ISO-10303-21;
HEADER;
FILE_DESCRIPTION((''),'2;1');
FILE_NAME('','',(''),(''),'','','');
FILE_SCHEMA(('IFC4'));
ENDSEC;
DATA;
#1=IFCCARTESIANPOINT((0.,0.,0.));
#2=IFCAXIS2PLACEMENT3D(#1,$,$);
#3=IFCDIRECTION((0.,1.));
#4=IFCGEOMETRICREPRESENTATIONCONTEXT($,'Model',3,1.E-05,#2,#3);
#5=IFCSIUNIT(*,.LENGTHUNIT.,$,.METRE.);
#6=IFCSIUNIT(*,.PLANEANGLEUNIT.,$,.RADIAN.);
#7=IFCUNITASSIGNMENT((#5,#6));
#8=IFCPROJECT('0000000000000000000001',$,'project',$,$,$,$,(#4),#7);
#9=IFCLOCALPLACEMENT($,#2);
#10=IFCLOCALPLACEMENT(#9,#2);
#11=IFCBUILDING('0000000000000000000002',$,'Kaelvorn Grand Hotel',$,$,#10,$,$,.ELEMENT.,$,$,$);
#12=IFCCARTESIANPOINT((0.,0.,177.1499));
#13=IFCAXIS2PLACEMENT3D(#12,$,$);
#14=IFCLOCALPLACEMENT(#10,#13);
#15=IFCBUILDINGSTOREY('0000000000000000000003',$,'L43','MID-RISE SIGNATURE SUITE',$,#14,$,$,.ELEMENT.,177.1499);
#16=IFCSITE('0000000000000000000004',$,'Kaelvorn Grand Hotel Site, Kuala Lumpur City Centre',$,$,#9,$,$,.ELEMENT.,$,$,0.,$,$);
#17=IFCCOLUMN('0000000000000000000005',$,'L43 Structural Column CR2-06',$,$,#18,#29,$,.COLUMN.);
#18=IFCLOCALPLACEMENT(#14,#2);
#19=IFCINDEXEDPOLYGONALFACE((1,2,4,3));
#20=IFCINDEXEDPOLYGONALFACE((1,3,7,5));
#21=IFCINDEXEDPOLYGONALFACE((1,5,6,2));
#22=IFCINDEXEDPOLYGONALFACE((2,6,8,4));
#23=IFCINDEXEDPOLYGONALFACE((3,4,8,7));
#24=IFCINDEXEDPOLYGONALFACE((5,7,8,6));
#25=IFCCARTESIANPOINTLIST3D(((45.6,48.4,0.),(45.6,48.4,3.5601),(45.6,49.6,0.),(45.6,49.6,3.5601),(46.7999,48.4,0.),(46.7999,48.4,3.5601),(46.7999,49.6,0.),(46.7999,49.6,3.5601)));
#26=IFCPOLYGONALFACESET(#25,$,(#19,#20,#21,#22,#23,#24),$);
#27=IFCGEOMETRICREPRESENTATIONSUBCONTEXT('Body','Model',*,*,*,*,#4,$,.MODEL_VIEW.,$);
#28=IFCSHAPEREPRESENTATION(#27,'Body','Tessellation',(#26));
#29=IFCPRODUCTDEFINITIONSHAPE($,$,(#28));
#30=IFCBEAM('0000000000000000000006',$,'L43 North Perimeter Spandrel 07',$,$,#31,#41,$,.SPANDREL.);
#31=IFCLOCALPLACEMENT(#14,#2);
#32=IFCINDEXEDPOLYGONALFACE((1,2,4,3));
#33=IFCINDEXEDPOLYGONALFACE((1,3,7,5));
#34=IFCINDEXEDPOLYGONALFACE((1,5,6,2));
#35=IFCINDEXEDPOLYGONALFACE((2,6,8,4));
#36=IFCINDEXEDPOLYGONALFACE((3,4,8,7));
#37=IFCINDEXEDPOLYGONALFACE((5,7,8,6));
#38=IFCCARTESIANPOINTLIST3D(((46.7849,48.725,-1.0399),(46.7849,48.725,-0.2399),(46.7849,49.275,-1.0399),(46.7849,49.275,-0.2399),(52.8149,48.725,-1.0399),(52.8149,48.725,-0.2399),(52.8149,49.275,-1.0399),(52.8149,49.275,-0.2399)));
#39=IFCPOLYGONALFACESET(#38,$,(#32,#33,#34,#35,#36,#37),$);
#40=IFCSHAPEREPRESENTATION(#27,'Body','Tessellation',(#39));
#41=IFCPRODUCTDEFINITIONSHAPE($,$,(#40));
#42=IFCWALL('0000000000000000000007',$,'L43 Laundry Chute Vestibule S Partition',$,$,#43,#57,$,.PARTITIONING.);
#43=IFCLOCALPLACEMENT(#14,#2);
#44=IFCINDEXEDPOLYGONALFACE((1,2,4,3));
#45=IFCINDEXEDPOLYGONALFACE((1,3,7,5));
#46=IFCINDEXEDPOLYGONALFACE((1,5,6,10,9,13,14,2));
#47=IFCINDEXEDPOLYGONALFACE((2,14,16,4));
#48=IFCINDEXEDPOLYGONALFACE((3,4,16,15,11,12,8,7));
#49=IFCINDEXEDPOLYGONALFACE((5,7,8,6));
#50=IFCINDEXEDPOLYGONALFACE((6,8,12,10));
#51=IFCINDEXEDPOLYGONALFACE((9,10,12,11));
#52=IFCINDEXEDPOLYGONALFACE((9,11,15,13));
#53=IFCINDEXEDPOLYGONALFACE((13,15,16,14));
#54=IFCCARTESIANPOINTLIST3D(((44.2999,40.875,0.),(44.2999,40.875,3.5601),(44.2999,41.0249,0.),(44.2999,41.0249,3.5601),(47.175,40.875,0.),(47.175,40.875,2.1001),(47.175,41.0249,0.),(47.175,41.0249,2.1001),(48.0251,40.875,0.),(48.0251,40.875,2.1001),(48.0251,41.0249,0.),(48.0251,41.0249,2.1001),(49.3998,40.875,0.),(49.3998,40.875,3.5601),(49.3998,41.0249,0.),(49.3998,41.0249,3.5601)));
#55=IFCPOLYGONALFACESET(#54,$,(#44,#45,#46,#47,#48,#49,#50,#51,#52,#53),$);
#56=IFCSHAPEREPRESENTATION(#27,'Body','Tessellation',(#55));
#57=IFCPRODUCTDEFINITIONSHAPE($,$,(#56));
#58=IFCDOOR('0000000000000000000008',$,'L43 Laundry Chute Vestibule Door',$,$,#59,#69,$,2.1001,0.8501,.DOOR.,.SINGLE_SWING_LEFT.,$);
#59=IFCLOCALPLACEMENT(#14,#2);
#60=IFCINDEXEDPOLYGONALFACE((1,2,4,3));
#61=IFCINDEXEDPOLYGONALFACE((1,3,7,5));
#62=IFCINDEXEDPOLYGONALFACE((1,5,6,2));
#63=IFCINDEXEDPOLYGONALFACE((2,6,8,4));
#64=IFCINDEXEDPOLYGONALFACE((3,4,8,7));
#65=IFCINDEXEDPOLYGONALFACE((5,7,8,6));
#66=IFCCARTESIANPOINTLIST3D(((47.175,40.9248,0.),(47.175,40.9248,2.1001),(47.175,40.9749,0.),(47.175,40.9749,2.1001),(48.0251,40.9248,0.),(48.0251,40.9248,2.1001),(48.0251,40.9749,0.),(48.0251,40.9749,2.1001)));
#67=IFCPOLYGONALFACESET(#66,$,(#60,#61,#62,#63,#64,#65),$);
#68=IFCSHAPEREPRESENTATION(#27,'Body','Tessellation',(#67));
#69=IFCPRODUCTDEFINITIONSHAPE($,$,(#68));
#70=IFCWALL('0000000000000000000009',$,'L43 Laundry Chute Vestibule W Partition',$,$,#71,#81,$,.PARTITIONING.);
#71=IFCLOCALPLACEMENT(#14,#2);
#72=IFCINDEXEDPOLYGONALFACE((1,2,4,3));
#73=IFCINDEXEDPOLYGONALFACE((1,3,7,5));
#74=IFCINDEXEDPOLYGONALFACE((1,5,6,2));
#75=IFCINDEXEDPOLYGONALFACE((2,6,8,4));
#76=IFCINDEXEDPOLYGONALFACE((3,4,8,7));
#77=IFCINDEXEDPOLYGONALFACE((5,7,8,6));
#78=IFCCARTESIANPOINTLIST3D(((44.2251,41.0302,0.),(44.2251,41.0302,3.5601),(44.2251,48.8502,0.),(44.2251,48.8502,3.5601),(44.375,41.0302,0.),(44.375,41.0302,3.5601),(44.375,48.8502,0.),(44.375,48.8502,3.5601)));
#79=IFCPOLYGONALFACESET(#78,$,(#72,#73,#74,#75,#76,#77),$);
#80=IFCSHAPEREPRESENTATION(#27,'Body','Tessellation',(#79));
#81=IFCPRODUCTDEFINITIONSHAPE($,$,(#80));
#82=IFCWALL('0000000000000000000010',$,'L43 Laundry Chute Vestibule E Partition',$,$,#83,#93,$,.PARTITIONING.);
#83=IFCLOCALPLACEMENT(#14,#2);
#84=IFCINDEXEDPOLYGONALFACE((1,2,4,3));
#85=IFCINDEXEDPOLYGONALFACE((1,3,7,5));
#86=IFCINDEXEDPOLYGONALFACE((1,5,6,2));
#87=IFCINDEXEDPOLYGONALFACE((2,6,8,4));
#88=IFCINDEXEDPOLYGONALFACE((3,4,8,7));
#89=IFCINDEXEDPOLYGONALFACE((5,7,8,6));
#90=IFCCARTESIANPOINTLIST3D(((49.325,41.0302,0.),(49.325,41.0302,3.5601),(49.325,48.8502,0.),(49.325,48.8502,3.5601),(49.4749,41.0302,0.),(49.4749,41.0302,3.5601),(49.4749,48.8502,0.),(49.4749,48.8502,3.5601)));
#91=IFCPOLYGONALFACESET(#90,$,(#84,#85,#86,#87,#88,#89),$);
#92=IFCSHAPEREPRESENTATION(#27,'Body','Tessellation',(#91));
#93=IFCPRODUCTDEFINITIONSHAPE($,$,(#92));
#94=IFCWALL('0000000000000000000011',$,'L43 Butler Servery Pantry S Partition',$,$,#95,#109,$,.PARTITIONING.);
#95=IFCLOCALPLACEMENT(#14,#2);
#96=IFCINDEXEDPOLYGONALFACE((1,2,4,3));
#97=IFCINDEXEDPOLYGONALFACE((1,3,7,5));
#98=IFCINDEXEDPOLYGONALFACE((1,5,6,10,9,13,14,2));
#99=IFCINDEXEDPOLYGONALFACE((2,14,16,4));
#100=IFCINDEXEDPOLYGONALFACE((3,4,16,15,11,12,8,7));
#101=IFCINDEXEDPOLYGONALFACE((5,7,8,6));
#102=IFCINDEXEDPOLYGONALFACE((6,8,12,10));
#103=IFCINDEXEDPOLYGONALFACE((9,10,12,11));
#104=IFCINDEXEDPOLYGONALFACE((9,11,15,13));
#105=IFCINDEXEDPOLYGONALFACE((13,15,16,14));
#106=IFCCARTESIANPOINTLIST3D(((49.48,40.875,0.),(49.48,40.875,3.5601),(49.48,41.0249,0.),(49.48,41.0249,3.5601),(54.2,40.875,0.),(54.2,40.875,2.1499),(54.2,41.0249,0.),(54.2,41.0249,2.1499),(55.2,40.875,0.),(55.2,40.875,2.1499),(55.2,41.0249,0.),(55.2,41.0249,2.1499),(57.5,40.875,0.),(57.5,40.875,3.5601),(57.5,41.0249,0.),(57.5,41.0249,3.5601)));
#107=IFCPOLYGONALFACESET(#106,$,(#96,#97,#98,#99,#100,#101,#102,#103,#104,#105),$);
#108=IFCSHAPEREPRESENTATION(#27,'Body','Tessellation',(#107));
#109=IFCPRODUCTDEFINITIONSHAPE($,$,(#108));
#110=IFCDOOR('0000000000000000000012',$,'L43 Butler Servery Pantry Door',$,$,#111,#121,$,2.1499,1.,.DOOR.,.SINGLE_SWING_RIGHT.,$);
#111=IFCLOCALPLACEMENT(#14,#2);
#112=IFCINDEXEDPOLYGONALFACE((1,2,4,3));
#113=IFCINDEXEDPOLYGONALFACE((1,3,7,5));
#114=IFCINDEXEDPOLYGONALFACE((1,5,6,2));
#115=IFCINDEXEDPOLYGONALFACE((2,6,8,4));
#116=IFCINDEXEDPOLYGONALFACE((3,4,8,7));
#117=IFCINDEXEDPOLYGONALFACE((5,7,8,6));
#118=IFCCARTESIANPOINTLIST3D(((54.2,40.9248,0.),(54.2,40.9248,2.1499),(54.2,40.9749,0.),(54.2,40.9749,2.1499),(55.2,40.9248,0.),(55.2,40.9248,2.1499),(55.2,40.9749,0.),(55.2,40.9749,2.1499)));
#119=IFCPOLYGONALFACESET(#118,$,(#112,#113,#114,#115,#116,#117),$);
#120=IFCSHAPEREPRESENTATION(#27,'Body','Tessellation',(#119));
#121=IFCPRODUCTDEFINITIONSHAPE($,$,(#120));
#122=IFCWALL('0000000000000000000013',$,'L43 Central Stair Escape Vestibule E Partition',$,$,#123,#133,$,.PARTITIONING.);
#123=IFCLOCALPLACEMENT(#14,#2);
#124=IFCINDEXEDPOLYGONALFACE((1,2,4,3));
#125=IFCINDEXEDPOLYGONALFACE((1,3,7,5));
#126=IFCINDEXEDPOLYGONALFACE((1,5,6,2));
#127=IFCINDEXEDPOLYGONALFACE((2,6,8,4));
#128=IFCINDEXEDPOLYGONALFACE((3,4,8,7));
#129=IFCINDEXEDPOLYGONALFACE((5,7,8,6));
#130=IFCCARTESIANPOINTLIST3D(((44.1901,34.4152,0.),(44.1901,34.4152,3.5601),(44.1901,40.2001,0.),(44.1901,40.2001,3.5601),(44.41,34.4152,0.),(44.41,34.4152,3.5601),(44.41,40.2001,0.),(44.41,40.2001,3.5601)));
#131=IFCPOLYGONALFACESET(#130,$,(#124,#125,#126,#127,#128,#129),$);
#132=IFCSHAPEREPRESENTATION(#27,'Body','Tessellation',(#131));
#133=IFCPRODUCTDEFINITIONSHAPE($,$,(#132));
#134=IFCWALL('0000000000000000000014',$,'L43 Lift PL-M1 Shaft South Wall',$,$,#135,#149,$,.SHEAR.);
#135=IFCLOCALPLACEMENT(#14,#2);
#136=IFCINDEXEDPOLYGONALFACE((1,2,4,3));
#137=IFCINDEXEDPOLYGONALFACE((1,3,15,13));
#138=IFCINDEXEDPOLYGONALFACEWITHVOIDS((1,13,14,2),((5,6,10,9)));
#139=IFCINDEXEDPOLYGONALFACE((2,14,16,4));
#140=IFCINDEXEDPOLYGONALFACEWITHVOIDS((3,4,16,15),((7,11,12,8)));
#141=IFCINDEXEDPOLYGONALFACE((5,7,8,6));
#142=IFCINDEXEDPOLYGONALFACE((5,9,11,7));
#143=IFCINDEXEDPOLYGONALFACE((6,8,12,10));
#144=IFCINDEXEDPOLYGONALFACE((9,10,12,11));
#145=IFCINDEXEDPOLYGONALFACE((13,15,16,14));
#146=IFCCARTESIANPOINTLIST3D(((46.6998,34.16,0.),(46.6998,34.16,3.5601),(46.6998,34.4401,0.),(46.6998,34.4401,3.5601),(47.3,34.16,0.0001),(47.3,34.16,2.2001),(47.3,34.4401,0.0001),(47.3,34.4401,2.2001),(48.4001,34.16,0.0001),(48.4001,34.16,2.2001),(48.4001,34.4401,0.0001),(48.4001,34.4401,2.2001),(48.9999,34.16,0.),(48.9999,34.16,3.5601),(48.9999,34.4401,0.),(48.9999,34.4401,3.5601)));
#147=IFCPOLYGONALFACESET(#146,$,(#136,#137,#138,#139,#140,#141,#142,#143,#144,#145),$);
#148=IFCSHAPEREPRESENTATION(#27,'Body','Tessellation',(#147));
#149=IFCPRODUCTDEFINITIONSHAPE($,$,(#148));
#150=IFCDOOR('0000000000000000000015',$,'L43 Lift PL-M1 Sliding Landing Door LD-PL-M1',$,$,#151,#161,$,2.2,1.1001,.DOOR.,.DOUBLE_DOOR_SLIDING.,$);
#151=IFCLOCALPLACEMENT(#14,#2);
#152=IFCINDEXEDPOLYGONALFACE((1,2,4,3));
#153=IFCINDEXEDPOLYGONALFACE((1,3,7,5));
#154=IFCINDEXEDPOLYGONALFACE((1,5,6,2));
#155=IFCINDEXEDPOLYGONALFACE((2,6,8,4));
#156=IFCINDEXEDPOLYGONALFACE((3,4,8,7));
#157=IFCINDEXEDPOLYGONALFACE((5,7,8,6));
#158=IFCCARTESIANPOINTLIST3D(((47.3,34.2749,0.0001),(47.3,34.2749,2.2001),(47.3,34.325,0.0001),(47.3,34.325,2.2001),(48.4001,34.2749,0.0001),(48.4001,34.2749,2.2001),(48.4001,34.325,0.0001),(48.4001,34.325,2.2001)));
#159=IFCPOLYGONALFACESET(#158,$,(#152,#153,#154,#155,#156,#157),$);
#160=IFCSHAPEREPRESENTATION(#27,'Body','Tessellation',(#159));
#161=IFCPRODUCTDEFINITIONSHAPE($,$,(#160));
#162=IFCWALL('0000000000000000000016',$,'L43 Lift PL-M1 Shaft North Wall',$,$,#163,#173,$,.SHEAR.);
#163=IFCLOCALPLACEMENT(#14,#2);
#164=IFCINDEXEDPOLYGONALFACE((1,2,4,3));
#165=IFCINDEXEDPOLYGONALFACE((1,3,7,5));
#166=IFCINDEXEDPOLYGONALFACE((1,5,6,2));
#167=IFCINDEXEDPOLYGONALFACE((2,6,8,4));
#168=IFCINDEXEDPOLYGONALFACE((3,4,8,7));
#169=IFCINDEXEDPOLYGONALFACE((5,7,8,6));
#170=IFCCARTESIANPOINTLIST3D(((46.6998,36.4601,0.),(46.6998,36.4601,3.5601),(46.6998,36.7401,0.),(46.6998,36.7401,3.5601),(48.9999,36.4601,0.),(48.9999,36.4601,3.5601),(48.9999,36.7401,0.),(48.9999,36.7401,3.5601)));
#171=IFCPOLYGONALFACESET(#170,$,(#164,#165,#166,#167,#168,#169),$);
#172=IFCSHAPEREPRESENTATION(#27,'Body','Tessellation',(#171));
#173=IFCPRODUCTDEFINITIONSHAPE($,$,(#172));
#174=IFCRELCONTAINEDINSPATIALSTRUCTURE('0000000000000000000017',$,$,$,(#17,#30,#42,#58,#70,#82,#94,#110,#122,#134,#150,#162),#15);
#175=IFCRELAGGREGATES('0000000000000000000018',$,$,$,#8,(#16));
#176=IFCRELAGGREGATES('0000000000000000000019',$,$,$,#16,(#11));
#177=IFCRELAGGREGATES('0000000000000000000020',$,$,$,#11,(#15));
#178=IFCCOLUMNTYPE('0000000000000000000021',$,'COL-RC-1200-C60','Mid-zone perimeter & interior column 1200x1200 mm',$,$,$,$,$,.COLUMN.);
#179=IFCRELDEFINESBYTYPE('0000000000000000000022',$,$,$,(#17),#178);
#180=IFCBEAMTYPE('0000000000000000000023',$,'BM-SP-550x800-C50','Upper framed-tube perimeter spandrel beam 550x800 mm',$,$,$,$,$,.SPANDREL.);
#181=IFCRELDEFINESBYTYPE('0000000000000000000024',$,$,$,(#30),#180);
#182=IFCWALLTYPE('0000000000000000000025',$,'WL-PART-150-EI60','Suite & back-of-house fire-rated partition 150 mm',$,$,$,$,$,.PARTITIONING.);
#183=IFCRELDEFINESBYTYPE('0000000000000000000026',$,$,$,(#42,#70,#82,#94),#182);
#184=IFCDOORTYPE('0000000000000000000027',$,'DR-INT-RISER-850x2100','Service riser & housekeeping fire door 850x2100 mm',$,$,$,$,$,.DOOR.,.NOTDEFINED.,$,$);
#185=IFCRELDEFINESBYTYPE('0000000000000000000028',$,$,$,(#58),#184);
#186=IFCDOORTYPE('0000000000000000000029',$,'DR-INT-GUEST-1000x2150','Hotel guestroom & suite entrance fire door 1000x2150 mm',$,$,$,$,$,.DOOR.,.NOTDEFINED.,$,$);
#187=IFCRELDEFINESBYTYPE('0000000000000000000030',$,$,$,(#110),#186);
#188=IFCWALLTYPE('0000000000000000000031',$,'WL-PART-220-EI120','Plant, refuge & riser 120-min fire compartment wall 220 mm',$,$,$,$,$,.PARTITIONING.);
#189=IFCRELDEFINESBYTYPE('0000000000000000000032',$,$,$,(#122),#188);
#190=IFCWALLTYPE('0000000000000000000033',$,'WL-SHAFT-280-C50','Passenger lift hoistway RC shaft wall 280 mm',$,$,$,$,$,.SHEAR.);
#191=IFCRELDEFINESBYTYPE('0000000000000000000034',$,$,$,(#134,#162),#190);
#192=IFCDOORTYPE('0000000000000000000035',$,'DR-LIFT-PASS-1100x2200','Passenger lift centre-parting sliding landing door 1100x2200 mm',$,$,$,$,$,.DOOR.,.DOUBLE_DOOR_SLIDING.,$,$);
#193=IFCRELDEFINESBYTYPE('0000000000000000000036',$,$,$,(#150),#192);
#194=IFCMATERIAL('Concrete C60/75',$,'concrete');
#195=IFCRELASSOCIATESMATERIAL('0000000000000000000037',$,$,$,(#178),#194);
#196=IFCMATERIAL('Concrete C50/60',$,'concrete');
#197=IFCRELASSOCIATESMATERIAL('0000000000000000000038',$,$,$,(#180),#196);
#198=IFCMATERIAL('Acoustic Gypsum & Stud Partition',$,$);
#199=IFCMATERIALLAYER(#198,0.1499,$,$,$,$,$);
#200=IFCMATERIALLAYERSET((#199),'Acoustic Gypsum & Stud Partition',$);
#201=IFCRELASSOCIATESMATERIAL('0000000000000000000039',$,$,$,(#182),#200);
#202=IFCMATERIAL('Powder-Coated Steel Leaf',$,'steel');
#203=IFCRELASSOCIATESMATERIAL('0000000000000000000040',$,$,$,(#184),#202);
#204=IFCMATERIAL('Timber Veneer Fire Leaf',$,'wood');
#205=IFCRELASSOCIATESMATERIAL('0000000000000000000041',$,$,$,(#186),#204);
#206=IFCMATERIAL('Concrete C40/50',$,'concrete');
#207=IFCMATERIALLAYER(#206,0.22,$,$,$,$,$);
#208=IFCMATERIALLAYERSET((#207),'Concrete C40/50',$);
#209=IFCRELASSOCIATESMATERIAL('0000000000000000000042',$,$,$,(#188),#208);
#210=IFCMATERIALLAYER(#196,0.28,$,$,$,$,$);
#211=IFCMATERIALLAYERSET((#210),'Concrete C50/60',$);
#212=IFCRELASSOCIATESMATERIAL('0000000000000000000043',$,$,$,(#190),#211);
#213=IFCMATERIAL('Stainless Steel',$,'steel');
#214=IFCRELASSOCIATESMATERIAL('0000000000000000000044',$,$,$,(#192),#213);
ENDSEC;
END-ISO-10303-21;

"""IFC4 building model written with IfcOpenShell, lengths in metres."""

from ifc_helpers import new_model, si_unit, direction, frame, frame_2d, origin, origin_2d, place, context, subcontext, project, spatial, rectangle, extrude, material, layer, layer_set, material_profile, profile_set, type_object, element, fill, save


model = new_model("IFC4")

# Units and contexts
model_context = context("Model", 3, precision=1e-05, world=origin(), true_north=direction((0.0, 1.0)))
body_context = subcontext(model_context, "Body", "Model", "MODEL_VIEW")
ifc_project = project(units=[si_unit("LENGTHUNIT", "METRE"), si_unit("PLANEANGLEUNIT", "RADIAN")], contexts=[model_context])

# Site, building, storey
site_placement = place(None, origin())
site = spatial("IfcSite", under=ifc_project, at=site_placement, Name="Kaelvorn Grand Hotel Site, Kuala Lumpur City Centre", CompositionType="ELEMENT", RefElevation=0.0)
building_placement = place(site_placement, origin())
building = spatial("IfcBuilding", under=site, at=building_placement, Name="Kaelvorn Grand Hotel", CompositionType="ELEMENT")
storey_placement = place(building_placement, frame((0.0, 0.0, 177.1499)))
storey = spatial("IfcBuildingStorey", under=building, at=storey_placement, Name="L43", Description="MID-RISE SIGNATURE SUITE", CompositionType="ELEMENT", Elevation=177.1499)

# Column
ifc_material_1 = material(Name="Concrete C60/75", Category="concrete")
ifc_material_profile_1 = material_profile(ifc_material_1, rectangle(XDim=1.2, YDim=1.2, at=origin_2d()), Name="RC COL 1200x1200")
ifc_profile_set_1 = profile_set([ifc_material_profile_1], Name="Concrete C60/75")
column_type = type_object("IfcColumnType", Name="COL-RC-1200-C60", Description="Mid-zone perimeter & interior column 1200x1200 mm", PredefinedType="COLUMN", material=ifc_profile_set_1)
column_placement = place(storey_placement, frame((46.2, 49.0, 0.0), z_axis=(0.0, 0.0, 1.0), x_axis=(1.0, 0.0, 0.0)))
element("IfcColumn", 1, at=column_placement, inside=storey, type_object=column_type, Name="L43 Structural Column CR2-06", PredefinedType="COLUMN", context=body_context, shape_type="SweptSolid", body=[
    extrude(rectangle(XDim=1.2, YDim=1.2, at=origin_2d()), origin(), (0.0, 0.0, 1.0), 3.5601),
])

# Beam
ifc_material_2 = material(Name="Concrete C50/60", Category="concrete")
ifc_material_profile_2 = material_profile(ifc_material_2, rectangle(XDim=0.55, YDim=0.8, at=origin_2d()), Name="RC SPANDREL 550x800")
ifc_profile_set_2 = profile_set([ifc_material_profile_2], Name="Concrete C50/60")
beam_type = type_object("IfcBeamType", Name="BM-SP-550x800-C50", Description="Upper framed-tube perimeter spandrel beam 550x800 mm", PredefinedType="SPANDREL", material=ifc_profile_set_2)
beam_placement = place(storey_placement, frame((46.7849, 49.0, -0.6399), z_axis=(1.0, 0.0, 0.0), x_axis=(0.0, 1.0, 0.0)))
element("IfcBeam", 2, at=beam_placement, inside=storey, type_object=beam_type, Name="L43 North Perimeter Spandrel 07", PredefinedType="SPANDREL", context=body_context, shape_type="SweptSolid", body=[
    extrude(rectangle(XDim=0.55, YDim=0.8, at=origin_2d()), origin(), (0.0, 0.0, 1.0), 6.03),
])

# Wall, opening, door
ifc_material_3 = material(Name="Acoustic Gypsum & Stud Partition")
ifc_layer_1 = layer(ifc_material_3, 0.1499)
ifc_layer_set_1 = layer_set([ifc_layer_1], Name="Acoustic Gypsum & Stud Partition")
wall_type_1 = type_object("IfcWallType", Name="WL-PART-150-EI60", Description="Suite & back-of-house fire-rated partition 150 mm", PredefinedType="PARTITIONING", material=ifc_layer_set_1)
wall_1_placement = place(storey_placement, frame((44.3, 40.95, 0.0), z_axis=(0.0, 0.0, 1.0), x_axis=(1.0, 0.0, 0.0)))
wall_1 = element("IfcWall", 3, at=wall_1_placement, inside=storey, type_object=wall_type_1, Name="L43 Laundry Chute Vestibule S Partition", PredefinedType="PARTITIONING", context=body_context, shape_type="SweptSolid", body=[
    extrude(rectangle(XDim=5.0999, YDim=0.1499, at=frame_2d((2.5498, 0.0))), origin(), (0.0, 0.0, 1.0), 3.5601),
])
opening_1_placement = place(wall_1_placement, frame((2.875, 0.0, 0.0)))
opening_1 = element("IfcOpeningElement", 4, at=opening_1_placement, cuts=wall_1, PredefinedType="OPENING", context=body_context, shape_type="SweptSolid", body=[
    extrude(rectangle(XDim=0.8501, YDim=2.1001, at=frame_2d((0.425, 1.05))), frame((0.0, 0.085, 0.0), z_axis=(0.0, -1.0, 0.0), x_axis=(1.0, 0.0, 0.0)), (0.0, 0.0, 1.0), 0.1699),
])
ifc_material_4 = material(Name="Powder-Coated Steel Leaf", Category="steel")
door_type_1 = type_object("IfcDoorType", Name="DR-INT-RISER-850x2100", Description="Service riser & housekeeping fire door 850x2100 mm", OperationType="NOTDEFINED", PredefinedType="DOOR", material=ifc_material_4)
door_1_placement = place(opening_1_placement, origin())
door_1 = element("IfcDoor", 5, at=door_1_placement, inside=storey, type_object=door_type_1, Name="L43 Laundry Chute Vestibule Door", OperationType="SINGLE_SWING_LEFT", OverallHeight=2.1001, OverallWidth=0.8501, PredefinedType="DOOR", context=body_context, shape_type="SweptSolid", body=[
    extrude(rectangle(XDim=0.8501, YDim=2.1001, at=frame_2d((0.425, 1.05))), frame((0.0, 0.0249, 0.0), z_axis=(0.0, -1.0, 0.0), x_axis=(1.0, 0.0, 0.0)), (0.0, 0.0, 1.0), 0.05),
])
fill(opening_1, door_1)

# Walls
for number, where, z_axis, x_axis, name in (
    (6, (44.3, 41.03, 0.0), (0.0, 0.0, 1.0), (0.0, 1.0, 0.0), "L43 Laundry Chute Vestibule W Partition"),
    (7, (49.3999, 41.03, 0.0), (0.0, 0.0, 1.0), (0.0, 1.0, 0.0), "L43 Laundry Chute Vestibule E Partition"),
):
    element("IfcWall", number, at=place(storey_placement, frame(where, z_axis=z_axis, x_axis=x_axis)), inside=storey, type_object=wall_type_1, Name=name, PredefinedType="PARTITIONING", context=body_context, shape_type="SweptSolid", body=[
        extrude(rectangle(XDim=7.8201, YDim=0.1499, at=frame_2d((3.9102, 0.0))), origin(), (0.0, 0.0, 1.0), 3.5601),
    ])

# Wall, opening, door
wall_2_placement = place(storey_placement, frame((49.48, 40.95, 0.0), z_axis=(0.0, 0.0, 1.0), x_axis=(1.0, 0.0, 0.0)))
wall_2 = element("IfcWall", 8, at=wall_2_placement, inside=storey, type_object=wall_type_1, Name="L43 Butler Servery Pantry S Partition", PredefinedType="PARTITIONING", context=body_context, shape_type="SweptSolid", body=[
    extrude(rectangle(XDim=8.02, YDim=0.1499, at=frame_2d((4.01, 0.0))), origin(), (0.0, 0.0, 1.0), 3.5601),
])
opening_2_placement = place(wall_2_placement, frame((4.72, 0.0, 0.0)))
opening_2 = element("IfcOpeningElement", 9, at=opening_2_placement, cuts=wall_2, PredefinedType="OPENING", context=body_context, shape_type="SweptSolid", body=[
    extrude(rectangle(XDim=1.0, YDim=2.1499, at=frame_2d((0.5, 1.075))), frame((0.0, 0.085, 0.0), z_axis=(0.0, -1.0, 0.0), x_axis=(1.0, 0.0, 0.0)), (0.0, 0.0, 1.0), 0.1699),
])
ifc_material_5 = material(Name="Timber Veneer Fire Leaf", Category="wood")
door_type_2 = type_object("IfcDoorType", Name="DR-INT-GUEST-1000x2150", Description="Hotel guestroom & suite entrance fire door 1000x2150 mm", OperationType="NOTDEFINED", PredefinedType="DOOR", material=ifc_material_5)
door_2_placement = place(opening_2_placement, origin())
door_2 = element("IfcDoor", 10, at=door_2_placement, inside=storey, type_object=door_type_2, Name="L43 Butler Servery Pantry Door", OperationType="SINGLE_SWING_RIGHT", OverallHeight=2.1499, OverallWidth=1.0, PredefinedType="DOOR", context=body_context, shape_type="SweptSolid", body=[
    extrude(rectangle(XDim=1.0, YDim=2.1499, at=frame_2d((0.5, 1.075))), frame((0.0, 0.0249, 0.0), z_axis=(0.0, -1.0, 0.0), x_axis=(1.0, 0.0, 0.0)), (0.0, 0.0, 1.0), 0.05),
])
fill(opening_2, door_2)

# Wall
ifc_material_6 = material(Name="Concrete C40/50", Category="concrete")
ifc_layer_2 = layer(ifc_material_6, 0.22)
ifc_layer_set_2 = layer_set([ifc_layer_2], Name="Concrete C40/50")
wall_type_2 = type_object("IfcWallType", Name="WL-PART-220-EI120", Description="Plant, refuge & riser 120-min fire compartment wall 220 mm", PredefinedType="PARTITIONING", material=ifc_layer_set_2)
wall_3_placement = place(storey_placement, frame((44.3, 34.415, 0.0), z_axis=(0.0, 0.0, 1.0), x_axis=(0.0, 1.0, 0.0)))
element("IfcWall", 11, at=wall_3_placement, inside=storey, type_object=wall_type_2, Name="L43 Central Stair Escape Vestibule E Partition", PredefinedType="PARTITIONING", context=body_context, shape_type="SweptSolid", body=[
    extrude(rectangle(XDim=5.7849, YDim=0.22, at=frame_2d((2.8926, 0.0))), origin(), (0.0, 0.0, 1.0), 3.5601),
])

# Wall, opening, door
ifc_layer_3 = layer(ifc_material_2, 0.28)
ifc_layer_set_3 = layer_set([ifc_layer_3], Name="Concrete C50/60")
wall_type_3 = type_object("IfcWallType", Name="WL-SHAFT-280-C50", Description="Passenger lift hoistway RC shaft wall 280 mm", PredefinedType="SHEAR", material=ifc_layer_set_3)
wall_4_placement = place(storey_placement, frame((46.7, 34.3, 0.0), z_axis=(0.0, 0.0, 1.0), x_axis=(1.0, 0.0, 0.0)))
wall_4 = element("IfcWall", 12, at=wall_4_placement, inside=storey, type_object=wall_type_3, Name="L43 Lift PL-M1 Shaft South Wall", PredefinedType="SHEAR", context=body_context, shape_type="SweptSolid", body=[
    extrude(rectangle(XDim=2.3, YDim=0.28, at=frame_2d((1.1499, 0.0))), origin(), (0.0, 0.0, 1.0), 3.5601),
])
opening_3_placement = place(wall_4_placement, frame((0.6001, 0.0, 0.0)))
opening_3 = element("IfcOpeningElement", 13, at=opening_3_placement, cuts=wall_4, PredefinedType="OPENING", context=body_context, shape_type="SweptSolid", body=[
    extrude(rectangle(XDim=1.1001, YDim=2.2, at=frame_2d((0.55, 1.1001))), frame((0.0, 0.1499, 0.0), z_axis=(0.0, -1.0, 0.0), x_axis=(1.0, 0.0, 0.0)), (0.0, 0.0, 1.0), 0.3),
])
ifc_material_7 = material(Name="Stainless Steel", Category="steel")
door_type_3 = type_object("IfcDoorType", Name="DR-LIFT-PASS-1100x2200", Description="Passenger lift centre-parting sliding landing door 1100x2200 mm", OperationType="DOUBLE_DOOR_SLIDING", PredefinedType="DOOR", material=ifc_material_7)
door_3_placement = place(opening_3_placement, origin())
door_3 = element("IfcDoor", 14, at=door_3_placement, inside=storey, type_object=door_type_3, Name="L43 Lift PL-M1 Sliding Landing Door LD-PL-M1", OperationType="DOUBLE_DOOR_SLIDING", OverallHeight=2.2, OverallWidth=1.1001, PredefinedType="DOOR", context=body_context, shape_type="SweptSolid", body=[
    extrude(rectangle(XDim=1.1001, YDim=2.2, at=frame_2d((0.55, 1.1001))), frame((0.0, 0.0249, 0.0), z_axis=(0.0, -1.0, 0.0), x_axis=(1.0, 0.0, 0.0)), (0.0, 0.0, 1.0), 0.05),
])
fill(opening_3, door_3)

# Wall
wall_5_placement = place(storey_placement, frame((46.7, 36.6001, 0.0), z_axis=(0.0, 0.0, 1.0), x_axis=(1.0, 0.0, 0.0)))
element("IfcWall", 15, at=wall_5_placement, inside=storey, type_object=wall_type_3, Name="L43 Lift PL-M1 Shaft North Wall", PredefinedType="SHEAR", context=body_context, shape_type="SweptSolid", body=[
    extrude(rectangle(XDim=2.3, YDim=0.28, at=frame_2d((1.1499, 0.0))), origin(), (0.0, 0.0, 1.0), 3.5601),
])

save(model, "model.ifc")
